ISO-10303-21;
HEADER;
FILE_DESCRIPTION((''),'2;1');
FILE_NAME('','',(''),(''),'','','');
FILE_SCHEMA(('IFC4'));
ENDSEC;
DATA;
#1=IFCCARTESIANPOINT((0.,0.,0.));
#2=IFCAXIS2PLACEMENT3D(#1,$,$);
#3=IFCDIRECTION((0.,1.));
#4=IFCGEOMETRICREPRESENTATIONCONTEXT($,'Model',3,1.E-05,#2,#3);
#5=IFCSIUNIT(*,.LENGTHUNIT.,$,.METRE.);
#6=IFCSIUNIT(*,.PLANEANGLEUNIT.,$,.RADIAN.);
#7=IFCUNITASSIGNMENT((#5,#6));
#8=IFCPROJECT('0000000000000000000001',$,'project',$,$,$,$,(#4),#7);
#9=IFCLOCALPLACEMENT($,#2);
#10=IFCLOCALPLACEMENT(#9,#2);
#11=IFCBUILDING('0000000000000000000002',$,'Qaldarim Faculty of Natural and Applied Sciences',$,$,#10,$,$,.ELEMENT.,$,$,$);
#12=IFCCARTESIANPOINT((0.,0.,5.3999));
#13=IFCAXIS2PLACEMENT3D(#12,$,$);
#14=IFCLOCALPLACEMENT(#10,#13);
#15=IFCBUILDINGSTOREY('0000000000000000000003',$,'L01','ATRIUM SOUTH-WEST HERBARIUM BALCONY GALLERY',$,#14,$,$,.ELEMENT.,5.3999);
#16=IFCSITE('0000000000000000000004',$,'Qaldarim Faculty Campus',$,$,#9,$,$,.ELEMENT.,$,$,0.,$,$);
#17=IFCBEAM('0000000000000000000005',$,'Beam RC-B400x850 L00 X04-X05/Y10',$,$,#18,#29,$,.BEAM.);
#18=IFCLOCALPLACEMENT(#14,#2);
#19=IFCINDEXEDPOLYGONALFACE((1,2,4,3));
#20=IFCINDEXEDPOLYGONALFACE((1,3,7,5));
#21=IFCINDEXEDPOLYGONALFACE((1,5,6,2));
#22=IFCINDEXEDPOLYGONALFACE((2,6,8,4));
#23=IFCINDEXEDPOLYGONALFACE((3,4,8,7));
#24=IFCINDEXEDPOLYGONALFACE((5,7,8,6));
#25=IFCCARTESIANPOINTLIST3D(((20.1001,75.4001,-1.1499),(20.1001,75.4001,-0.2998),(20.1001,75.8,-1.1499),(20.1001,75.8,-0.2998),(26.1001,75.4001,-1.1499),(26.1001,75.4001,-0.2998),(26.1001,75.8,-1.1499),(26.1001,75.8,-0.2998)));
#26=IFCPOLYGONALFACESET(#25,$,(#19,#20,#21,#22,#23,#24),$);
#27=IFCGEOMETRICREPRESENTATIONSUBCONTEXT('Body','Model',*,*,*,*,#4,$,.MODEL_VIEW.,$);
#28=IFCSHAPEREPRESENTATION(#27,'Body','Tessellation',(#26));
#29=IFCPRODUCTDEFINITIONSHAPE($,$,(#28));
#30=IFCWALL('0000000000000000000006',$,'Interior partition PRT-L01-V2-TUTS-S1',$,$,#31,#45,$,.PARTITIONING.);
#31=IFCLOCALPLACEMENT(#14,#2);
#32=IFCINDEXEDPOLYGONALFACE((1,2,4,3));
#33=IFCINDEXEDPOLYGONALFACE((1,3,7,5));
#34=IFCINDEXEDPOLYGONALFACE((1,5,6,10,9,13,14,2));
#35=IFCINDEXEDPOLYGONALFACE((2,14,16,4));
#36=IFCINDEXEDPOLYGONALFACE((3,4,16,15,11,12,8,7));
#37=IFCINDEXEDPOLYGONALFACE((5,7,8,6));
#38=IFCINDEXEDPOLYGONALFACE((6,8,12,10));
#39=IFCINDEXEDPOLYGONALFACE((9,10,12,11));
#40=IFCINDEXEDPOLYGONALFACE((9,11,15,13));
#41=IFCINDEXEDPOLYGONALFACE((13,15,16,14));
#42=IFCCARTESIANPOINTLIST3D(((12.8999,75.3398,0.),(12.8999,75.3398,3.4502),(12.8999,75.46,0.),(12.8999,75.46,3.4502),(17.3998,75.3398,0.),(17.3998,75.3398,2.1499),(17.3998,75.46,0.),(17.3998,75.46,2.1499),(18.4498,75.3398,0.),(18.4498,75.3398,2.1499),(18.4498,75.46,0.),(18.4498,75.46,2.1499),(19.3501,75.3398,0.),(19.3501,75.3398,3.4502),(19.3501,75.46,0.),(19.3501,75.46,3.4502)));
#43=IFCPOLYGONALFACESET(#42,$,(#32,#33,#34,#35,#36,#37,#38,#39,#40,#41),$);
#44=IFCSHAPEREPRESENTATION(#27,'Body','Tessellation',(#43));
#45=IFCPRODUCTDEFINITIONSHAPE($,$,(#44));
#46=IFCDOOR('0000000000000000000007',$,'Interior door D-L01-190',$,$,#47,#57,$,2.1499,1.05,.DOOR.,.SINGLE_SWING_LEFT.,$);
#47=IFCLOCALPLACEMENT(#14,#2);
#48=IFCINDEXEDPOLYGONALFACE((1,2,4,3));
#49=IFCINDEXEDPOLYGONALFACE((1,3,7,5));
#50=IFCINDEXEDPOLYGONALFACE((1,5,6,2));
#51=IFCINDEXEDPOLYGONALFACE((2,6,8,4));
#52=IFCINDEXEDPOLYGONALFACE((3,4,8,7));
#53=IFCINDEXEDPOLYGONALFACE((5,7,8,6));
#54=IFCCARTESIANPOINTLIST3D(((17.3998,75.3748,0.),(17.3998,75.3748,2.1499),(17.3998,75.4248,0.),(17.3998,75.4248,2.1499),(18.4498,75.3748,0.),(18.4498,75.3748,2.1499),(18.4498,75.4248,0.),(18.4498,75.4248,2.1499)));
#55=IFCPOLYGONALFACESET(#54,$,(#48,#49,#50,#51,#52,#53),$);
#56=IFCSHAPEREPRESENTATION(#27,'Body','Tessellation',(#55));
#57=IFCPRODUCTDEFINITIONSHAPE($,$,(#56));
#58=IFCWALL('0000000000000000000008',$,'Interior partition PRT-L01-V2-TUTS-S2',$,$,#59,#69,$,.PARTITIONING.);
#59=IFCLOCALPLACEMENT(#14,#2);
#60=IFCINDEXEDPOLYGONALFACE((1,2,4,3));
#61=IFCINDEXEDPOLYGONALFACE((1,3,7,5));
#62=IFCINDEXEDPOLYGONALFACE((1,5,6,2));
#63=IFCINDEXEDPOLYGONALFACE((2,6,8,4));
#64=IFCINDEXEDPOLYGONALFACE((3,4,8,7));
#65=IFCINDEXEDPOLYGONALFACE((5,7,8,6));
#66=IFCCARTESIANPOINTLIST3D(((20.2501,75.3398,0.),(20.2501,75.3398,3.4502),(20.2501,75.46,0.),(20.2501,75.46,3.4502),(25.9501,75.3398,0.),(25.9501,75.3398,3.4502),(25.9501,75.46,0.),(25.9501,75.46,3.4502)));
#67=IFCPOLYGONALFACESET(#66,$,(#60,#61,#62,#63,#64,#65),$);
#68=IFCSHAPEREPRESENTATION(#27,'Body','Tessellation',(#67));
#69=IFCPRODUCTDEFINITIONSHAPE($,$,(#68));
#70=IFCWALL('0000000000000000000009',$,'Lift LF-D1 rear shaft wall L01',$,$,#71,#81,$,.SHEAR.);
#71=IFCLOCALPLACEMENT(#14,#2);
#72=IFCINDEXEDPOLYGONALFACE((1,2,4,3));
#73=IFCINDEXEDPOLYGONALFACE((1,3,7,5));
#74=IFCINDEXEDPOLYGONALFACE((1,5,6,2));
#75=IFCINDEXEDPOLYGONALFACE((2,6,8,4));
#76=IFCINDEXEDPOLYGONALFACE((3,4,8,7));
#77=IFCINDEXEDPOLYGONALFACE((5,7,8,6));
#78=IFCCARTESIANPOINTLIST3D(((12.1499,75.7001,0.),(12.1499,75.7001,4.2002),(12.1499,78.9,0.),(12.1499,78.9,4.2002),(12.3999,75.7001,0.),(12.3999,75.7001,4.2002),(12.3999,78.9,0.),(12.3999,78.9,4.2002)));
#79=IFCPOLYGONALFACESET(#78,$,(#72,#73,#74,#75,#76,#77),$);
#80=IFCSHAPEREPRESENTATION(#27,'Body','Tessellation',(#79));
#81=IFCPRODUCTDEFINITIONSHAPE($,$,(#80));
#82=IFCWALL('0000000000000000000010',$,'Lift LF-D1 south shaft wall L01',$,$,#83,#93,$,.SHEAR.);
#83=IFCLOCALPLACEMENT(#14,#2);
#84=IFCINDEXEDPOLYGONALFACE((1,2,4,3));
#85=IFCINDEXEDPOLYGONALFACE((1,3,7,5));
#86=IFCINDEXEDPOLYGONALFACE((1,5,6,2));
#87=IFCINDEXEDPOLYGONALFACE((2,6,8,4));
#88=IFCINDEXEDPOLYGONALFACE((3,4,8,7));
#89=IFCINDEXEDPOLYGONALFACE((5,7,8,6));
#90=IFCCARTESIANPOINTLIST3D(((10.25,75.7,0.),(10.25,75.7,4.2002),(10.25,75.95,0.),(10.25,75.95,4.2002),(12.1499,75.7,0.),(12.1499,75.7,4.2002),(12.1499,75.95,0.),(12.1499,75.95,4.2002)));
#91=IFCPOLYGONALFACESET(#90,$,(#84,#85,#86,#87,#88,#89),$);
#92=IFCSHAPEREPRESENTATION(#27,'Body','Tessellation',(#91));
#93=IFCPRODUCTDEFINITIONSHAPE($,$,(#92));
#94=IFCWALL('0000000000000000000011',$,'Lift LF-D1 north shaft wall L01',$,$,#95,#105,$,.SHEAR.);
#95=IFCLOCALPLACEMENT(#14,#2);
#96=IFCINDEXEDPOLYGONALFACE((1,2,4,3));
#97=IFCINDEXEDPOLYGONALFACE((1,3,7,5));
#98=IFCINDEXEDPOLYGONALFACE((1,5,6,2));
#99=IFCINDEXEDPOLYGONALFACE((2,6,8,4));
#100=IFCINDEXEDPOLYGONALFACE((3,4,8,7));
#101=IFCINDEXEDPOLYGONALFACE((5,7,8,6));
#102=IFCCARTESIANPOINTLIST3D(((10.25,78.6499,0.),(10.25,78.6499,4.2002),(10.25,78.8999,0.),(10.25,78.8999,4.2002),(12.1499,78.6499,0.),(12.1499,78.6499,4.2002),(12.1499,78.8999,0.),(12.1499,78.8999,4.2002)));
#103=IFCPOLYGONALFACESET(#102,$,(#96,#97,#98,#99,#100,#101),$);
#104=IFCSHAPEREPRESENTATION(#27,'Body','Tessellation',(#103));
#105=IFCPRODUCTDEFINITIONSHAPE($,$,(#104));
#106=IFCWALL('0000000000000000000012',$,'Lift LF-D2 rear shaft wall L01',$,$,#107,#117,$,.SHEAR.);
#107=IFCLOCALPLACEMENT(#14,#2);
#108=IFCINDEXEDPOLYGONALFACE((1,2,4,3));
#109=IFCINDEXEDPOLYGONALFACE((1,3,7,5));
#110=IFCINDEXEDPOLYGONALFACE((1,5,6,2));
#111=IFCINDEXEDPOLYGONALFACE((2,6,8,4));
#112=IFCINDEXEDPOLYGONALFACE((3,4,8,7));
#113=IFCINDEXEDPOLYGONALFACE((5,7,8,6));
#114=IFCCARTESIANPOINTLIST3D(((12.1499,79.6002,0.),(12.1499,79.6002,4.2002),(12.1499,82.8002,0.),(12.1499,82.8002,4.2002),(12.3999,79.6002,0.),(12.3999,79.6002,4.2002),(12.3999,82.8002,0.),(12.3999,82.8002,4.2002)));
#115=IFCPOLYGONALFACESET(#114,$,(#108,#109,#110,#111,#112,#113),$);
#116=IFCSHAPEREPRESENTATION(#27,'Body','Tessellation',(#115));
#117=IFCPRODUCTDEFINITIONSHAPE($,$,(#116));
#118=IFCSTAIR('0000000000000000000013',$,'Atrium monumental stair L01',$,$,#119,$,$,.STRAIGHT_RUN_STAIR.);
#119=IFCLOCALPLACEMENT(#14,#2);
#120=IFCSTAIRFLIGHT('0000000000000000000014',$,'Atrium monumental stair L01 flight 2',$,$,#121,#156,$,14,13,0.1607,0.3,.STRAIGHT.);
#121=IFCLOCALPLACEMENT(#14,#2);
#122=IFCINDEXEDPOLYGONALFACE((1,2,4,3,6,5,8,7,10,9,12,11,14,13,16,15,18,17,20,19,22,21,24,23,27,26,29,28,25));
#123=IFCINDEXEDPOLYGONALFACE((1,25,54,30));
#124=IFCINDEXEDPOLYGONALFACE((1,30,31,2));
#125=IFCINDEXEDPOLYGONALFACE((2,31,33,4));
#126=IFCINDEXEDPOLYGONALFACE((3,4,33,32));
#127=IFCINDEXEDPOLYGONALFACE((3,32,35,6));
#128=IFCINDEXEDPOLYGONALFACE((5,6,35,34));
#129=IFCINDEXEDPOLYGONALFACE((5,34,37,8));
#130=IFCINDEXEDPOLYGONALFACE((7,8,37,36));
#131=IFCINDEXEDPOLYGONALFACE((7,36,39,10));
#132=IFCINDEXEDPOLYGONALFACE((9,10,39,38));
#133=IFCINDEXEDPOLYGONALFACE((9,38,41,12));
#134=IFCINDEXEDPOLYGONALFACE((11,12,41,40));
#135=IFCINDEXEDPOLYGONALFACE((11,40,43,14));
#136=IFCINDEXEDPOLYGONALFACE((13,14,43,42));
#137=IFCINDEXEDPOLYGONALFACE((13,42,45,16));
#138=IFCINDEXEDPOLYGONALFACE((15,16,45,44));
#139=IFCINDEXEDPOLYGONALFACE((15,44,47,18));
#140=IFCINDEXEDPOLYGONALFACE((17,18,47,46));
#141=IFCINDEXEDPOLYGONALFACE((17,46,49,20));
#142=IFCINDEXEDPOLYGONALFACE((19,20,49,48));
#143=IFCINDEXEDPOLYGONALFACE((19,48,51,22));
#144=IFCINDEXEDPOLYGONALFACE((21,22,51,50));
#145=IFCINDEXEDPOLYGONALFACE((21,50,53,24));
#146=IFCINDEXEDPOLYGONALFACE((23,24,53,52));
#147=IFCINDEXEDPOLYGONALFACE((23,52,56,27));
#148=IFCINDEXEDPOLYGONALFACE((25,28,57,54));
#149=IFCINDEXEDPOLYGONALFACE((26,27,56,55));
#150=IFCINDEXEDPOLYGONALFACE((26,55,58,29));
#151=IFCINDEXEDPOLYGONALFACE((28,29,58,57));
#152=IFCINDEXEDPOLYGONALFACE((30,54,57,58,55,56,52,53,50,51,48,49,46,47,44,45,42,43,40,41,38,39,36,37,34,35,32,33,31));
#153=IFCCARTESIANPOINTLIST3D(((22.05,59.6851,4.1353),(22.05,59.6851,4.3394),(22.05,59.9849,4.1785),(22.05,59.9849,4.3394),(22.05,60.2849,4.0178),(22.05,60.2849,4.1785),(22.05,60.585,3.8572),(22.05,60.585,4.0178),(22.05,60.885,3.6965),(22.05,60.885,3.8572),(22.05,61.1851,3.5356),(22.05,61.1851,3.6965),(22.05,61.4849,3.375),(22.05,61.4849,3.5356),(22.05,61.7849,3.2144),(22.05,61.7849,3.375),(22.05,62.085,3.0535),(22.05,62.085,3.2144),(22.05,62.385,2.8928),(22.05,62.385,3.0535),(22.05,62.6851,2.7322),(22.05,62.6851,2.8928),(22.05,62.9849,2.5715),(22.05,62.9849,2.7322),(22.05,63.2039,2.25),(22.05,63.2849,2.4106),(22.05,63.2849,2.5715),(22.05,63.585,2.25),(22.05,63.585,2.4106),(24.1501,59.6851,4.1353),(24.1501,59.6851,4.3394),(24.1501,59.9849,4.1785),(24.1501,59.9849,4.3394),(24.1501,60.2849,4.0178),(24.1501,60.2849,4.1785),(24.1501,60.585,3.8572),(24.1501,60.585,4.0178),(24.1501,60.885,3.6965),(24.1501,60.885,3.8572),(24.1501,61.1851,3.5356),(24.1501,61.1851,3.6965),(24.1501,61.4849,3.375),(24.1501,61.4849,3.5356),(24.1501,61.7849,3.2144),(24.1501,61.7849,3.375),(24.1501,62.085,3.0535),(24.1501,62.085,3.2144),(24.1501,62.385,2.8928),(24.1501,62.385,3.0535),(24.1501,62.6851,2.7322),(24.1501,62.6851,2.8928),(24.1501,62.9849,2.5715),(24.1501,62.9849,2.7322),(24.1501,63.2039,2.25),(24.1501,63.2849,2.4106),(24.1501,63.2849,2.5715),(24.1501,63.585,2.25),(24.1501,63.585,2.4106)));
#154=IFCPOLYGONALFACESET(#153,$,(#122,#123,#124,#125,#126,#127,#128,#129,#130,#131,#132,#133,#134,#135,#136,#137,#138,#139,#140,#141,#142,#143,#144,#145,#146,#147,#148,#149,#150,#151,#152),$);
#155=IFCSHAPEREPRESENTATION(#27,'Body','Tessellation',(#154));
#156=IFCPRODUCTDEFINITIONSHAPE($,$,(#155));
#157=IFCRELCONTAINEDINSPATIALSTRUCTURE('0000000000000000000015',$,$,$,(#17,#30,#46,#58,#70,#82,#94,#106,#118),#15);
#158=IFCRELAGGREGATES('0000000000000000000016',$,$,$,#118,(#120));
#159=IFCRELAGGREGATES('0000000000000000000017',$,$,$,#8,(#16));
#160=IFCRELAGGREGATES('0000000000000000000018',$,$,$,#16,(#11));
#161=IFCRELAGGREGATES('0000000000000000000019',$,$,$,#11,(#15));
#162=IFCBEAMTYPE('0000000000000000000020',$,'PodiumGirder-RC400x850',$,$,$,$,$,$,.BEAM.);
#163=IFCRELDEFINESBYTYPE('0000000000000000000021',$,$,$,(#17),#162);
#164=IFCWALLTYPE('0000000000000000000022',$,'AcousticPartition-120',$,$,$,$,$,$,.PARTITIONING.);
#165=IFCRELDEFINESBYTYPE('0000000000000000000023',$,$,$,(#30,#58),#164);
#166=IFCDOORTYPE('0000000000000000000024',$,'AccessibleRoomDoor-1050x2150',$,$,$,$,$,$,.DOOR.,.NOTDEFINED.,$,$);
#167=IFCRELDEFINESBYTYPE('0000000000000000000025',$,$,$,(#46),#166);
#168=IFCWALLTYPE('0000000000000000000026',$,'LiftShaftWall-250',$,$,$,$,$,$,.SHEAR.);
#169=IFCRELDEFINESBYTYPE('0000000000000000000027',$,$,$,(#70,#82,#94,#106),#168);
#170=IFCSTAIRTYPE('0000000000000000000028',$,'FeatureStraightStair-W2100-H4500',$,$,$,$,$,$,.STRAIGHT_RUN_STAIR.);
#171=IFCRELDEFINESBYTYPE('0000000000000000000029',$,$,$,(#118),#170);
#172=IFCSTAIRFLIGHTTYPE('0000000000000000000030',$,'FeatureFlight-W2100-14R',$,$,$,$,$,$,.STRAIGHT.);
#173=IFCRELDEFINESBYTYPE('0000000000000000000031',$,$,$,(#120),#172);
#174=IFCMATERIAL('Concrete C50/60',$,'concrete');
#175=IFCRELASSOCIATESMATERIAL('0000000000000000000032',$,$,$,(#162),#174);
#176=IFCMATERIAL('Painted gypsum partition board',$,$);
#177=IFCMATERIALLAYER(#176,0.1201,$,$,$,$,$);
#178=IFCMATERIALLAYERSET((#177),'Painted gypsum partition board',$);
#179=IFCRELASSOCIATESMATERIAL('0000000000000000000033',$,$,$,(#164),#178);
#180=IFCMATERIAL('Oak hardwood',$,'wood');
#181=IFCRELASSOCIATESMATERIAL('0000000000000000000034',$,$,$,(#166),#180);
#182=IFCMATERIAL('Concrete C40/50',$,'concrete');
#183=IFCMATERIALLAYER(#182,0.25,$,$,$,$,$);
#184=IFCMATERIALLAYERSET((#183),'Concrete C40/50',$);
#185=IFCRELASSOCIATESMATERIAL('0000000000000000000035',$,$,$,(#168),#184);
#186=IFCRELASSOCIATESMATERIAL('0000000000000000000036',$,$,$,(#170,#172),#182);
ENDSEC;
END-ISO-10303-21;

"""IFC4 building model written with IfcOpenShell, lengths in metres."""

from ifc_helpers import new_model, si_unit, direction, frame, frame_2d, origin, origin_2d, place, context, subcontext, project, spatial, polyline, rectangle, outline, extrude, material, layer, layer_set, material_profile, profile_set, type_object, element, fill, aggregate, save


model = new_model("IFC4")

# Units and contexts
model_context = context("Model", 3, precision=1e-05, world=origin(), true_north=direction((0.0, 1.0)))
body_context = subcontext(model_context, "Body", "Model", "MODEL_VIEW")
ifc_project = project(units=[si_unit("LENGTHUNIT", "METRE"), si_unit("PLANEANGLEUNIT", "RADIAN")], contexts=[model_context])

# Site, building, storey
site_placement = place(None, origin())
site = spatial("IfcSite", under=ifc_project, at=site_placement, Name="Qaldarim Faculty Campus", CompositionType="ELEMENT", RefElevation=0.0)
building_placement = place(site_placement, origin())
building = spatial("IfcBuilding", under=site, at=building_placement, Name="Qaldarim Faculty of Natural and Applied Sciences", CompositionType="ELEMENT")
storey_placement = place(building_placement, frame((0.0, 0.0, 5.3999)))
storey = spatial("IfcBuildingStorey", under=building, at=storey_placement, Name="L01", Description="ATRIUM SOUTH-WEST HERBARIUM BALCONY GALLERY", CompositionType="ELEMENT", Elevation=5.3999)

# Shared definitions
ifc_material_1 = material(Name="Concrete C50/60", Category="concrete")
ifc_material_2 = material(Name="Concrete C40/50", Category="concrete")

# Beam
ifc_material_profile_1 = material_profile(ifc_material_1, rectangle(XDim=0.3999, YDim=0.8501, at=origin_2d()), Name="RC-B400x850")
ifc_profile_set_1 = profile_set([ifc_material_profile_1], Name="Concrete C50/60")
beam_type_1 = type_object("IfcBeamType", Name="PodiumGirder-RC400x850", PredefinedType="BEAM", material=ifc_profile_set_1)
beam_1_placement = place(storey_placement, frame((20.1001, 75.6001, -0.7249), z_axis=(1.0, 0.0, 0.0), x_axis=(0.0, 1.0, 0.0)))
element("IfcBeam", 1, at=beam_1_placement, inside=storey, type_object=beam_type_1, Name="Beam RC-B400x850 L00 X04-X05/Y10", PredefinedType="BEAM", context=body_context, shape_type="SweptSolid", body=[
    extrude(rectangle(XDim=0.3999, YDim=0.8501, at=origin_2d()), origin(), (0.0, 0.0, 1.0), 6.0),
])

# Wall, opening, door
ifc_material_3 = material(Name="Painted gypsum partition board")
ifc_layer_1 = layer(ifc_material_3, 0.1201)
ifc_layer_set_1 = layer_set([ifc_layer_1], Name="Painted gypsum partition board")
wall_type_1 = type_object("IfcWallType", Name="AcousticPartition-120", PredefinedType="PARTITIONING", material=ifc_layer_set_1)
wall_1_placement = place(storey_placement, frame((12.8999, 75.3999, 0.0), z_axis=(0.0, 0.0, 1.0), x_axis=(1.0, 0.0, 0.0)))
wall_1 = element("IfcWall", 2, at=wall_1_placement, inside=storey, type_object=wall_type_1, Name="Interior partition PRT-L01-V2-TUTS-S1", PredefinedType="PARTITIONING", context=body_context, shape_type="SweptSolid", body=[
    extrude(rectangle(XDim=6.4502, YDim=0.1201, at=frame_2d((3.2251, 0.0))), origin(), (0.0, 0.0, 1.0), 3.4502),
])
opening_1_placement = place(wall_1_placement, frame((4.5, 0.0, 0.0)))
opening_1 = element("IfcOpeningElement", 3, at=opening_1_placement, cuts=wall_1, PredefinedType="OPENING", context=body_context, shape_type="SweptSolid", body=[
    extrude(rectangle(XDim=1.05, YDim=2.1499, at=frame_2d((0.5249, 1.075))), frame((0.0, 0.0701, 0.0), z_axis=(0.0, -1.0, 0.0), x_axis=(1.0, 0.0, 0.0)), (0.0, 0.0, 1.0), 0.1401),
])
ifc_material_4 = material(Name="Oak hardwood", Category="wood")
door_type_1 = type_object("IfcDoorType", Name="AccessibleRoomDoor-1050x2150", OperationType="NOTDEFINED", PredefinedType="DOOR", material=ifc_material_4)
door_1_placement = place(opening_1_placement, origin())
door_1 = element("IfcDoor", 4, at=door_1_placement, inside=storey, type_object=door_type_1, Name="Interior door D-L01-190", OperationType="SINGLE_SWING_LEFT", OverallHeight=2.1499, OverallWidth=1.05, PredefinedType="DOOR", context=body_context, shape_type="SweptSolid", body=[
    extrude(rectangle(XDim=1.05, YDim=2.1499, at=frame_2d((0.5249, 1.075))), frame((0.0, 0.0249, 0.0), z_axis=(0.0, -1.0, 0.0), x_axis=(1.0, 0.0, 0.0)), (0.0, 0.0, 1.0), 0.05),
])
fill(opening_1, door_1)

# Walls
wall_2_placement = place(storey_placement, frame((20.25, 75.3999, 0.0), z_axis=(0.0, 0.0, 1.0), x_axis=(1.0, 0.0, 0.0)))
element("IfcWall", 5, at=wall_2_placement, inside=storey, type_object=wall_type_1, Name="Interior partition PRT-L01-V2-TUTS-S2", PredefinedType="PARTITIONING", context=body_context, shape_type="SweptSolid", body=[
    extrude(rectangle(XDim=5.7, YDim=0.1201, at=frame_2d((2.8501, 0.0))), origin(), (0.0, 0.0, 1.0), 3.4502),
])
ifc_layer_2 = layer(ifc_material_2, 0.25)
ifc_layer_set_2 = layer_set([ifc_layer_2], Name="Concrete C40/50")
wall_type_2 = type_object("IfcWallType", Name="LiftShaftWall-250", PredefinedType="SHEAR", material=ifc_layer_set_2)
wall_3_placement = place(storey_placement, frame((12.2749, 75.7, 0.0), z_axis=(0.0, 0.0, 1.0), x_axis=(0.0, 1.0, 0.0)))
element("IfcWall", 6, at=wall_3_placement, inside=storey, type_object=wall_type_2, Name="Lift LF-D1 rear shaft wall L01", PredefinedType="SHEAR", context=body_context, shape_type="SweptSolid", body=[
    extrude(rectangle(XDim=3.2, YDim=0.25, at=frame_2d((1.6001, 0.0))), origin(), (0.0, 0.0, 1.0), 4.2002),
])
for number, where, z_axis, x_axis, name in (
    (7, (10.25, 75.825, 0.0), (0.0, 0.0, 1.0), (1.0, 0.0, 0.0), "Lift LF-D1 south shaft wall L01"),
    (8, (10.25, 78.7749, 0.0), (0.0, 0.0, 1.0), (1.0, 0.0, 0.0), "Lift LF-D1 north shaft wall L01"),
):
    element("IfcWall", number, at=place(storey_placement, frame(where, z_axis=z_axis, x_axis=x_axis)), inside=storey, type_object=wall_type_2, Name=name, PredefinedType="SHEAR", context=body_context, shape_type="SweptSolid", body=[
        extrude(rectangle(XDim=1.8999, YDim=0.25, at=frame_2d((0.95, 0.0))), origin(), (0.0, 0.0, 1.0), 4.2002),
    ])

# Wall
wall_4_placement = place(storey_placement, frame((12.2749, 79.6001, 0.0), z_axis=(0.0, 0.0, 1.0), x_axis=(0.0, 1.0, 0.0)))
element("IfcWall", 9, at=wall_4_placement, inside=storey, type_object=wall_type_2, Name="Lift LF-D2 rear shaft wall L01", PredefinedType="SHEAR", context=body_context, shape_type="SweptSolid", body=[
    extrude(rectangle(XDim=3.2, YDim=0.25, at=frame_2d((1.6001, 0.0))), origin(), (0.0, 0.0, 1.0), 4.2002),
])

# Stair, stair flight
stair_type = type_object("IfcStairType", Name="FeatureStraightStair-W2100-H4500", PredefinedType="STRAIGHT_RUN_STAIR", material=ifc_material_2)
stair_placement = place(storey_placement, origin())
stair = element("IfcStair", 10, at=stair_placement, inside=storey, type_object=stair_type, Name="Atrium monumental stair L01", PredefinedType="STRAIGHT_RUN_STAIR")
stair_flight_type = type_object("IfcStairFlightType", Name="FeatureFlight-W2100-14R", PredefinedType="STRAIGHT", material=ifc_material_2)
stair_flight_placement = place(storey_placement, frame((23.1001, 63.585, 2.25), z_axis=(0.0, 0.0, 1.0), x_axis=(0.0, -1.0, 0.0)))
stair_flight = element("IfcStairFlight", 11, at=stair_flight_placement, type_object=stair_flight_type, Name="Atrium monumental stair L01 flight 2", NumberOfRisers=14, NumberOfTreads=13, PredefinedType="STRAIGHT", RiserHeight=0.1607, TreadLength=0.3, context=body_context, shape_type="SweptSolid", body=[
    extrude(outline(polyline([(0.0, 0.0), (0.0, 0.1606), (0.3, 0.1606), (0.3, 0.3215), (0.6001, 0.3215), (0.6001, 0.4822), (0.8999, 0.4822), (0.8999, 0.6428), (1.2, 0.6428), (1.2, 0.8035), (1.5, 0.8035), (1.5, 0.9644), (1.8, 0.9644), (1.8, 1.125), (2.1001, 1.125), (2.1001, 1.2856), (2.3999, 1.2856), (2.3999, 1.4465), (2.7, 1.4465), (2.7, 1.6072), (3.0, 1.6072), (3.0, 1.7678), (3.3, 1.7678), (3.3, 1.9285), (3.6001, 1.9285), (3.6001, 2.0894), (3.8999, 2.0894), (3.8999, 2.25), (3.8999, 1.8853), (0.3811, 0.0), (0.0, 0.0)])), frame((0.0, 1.05, 0.0), z_axis=(0.0, -1.0, 0.0), x_axis=(1.0, 0.0, 0.0)), (0.0, 0.0, 1.0), 2.1001),
])
aggregate(stair, [stair_flight])

save(model, "model.ifc")
